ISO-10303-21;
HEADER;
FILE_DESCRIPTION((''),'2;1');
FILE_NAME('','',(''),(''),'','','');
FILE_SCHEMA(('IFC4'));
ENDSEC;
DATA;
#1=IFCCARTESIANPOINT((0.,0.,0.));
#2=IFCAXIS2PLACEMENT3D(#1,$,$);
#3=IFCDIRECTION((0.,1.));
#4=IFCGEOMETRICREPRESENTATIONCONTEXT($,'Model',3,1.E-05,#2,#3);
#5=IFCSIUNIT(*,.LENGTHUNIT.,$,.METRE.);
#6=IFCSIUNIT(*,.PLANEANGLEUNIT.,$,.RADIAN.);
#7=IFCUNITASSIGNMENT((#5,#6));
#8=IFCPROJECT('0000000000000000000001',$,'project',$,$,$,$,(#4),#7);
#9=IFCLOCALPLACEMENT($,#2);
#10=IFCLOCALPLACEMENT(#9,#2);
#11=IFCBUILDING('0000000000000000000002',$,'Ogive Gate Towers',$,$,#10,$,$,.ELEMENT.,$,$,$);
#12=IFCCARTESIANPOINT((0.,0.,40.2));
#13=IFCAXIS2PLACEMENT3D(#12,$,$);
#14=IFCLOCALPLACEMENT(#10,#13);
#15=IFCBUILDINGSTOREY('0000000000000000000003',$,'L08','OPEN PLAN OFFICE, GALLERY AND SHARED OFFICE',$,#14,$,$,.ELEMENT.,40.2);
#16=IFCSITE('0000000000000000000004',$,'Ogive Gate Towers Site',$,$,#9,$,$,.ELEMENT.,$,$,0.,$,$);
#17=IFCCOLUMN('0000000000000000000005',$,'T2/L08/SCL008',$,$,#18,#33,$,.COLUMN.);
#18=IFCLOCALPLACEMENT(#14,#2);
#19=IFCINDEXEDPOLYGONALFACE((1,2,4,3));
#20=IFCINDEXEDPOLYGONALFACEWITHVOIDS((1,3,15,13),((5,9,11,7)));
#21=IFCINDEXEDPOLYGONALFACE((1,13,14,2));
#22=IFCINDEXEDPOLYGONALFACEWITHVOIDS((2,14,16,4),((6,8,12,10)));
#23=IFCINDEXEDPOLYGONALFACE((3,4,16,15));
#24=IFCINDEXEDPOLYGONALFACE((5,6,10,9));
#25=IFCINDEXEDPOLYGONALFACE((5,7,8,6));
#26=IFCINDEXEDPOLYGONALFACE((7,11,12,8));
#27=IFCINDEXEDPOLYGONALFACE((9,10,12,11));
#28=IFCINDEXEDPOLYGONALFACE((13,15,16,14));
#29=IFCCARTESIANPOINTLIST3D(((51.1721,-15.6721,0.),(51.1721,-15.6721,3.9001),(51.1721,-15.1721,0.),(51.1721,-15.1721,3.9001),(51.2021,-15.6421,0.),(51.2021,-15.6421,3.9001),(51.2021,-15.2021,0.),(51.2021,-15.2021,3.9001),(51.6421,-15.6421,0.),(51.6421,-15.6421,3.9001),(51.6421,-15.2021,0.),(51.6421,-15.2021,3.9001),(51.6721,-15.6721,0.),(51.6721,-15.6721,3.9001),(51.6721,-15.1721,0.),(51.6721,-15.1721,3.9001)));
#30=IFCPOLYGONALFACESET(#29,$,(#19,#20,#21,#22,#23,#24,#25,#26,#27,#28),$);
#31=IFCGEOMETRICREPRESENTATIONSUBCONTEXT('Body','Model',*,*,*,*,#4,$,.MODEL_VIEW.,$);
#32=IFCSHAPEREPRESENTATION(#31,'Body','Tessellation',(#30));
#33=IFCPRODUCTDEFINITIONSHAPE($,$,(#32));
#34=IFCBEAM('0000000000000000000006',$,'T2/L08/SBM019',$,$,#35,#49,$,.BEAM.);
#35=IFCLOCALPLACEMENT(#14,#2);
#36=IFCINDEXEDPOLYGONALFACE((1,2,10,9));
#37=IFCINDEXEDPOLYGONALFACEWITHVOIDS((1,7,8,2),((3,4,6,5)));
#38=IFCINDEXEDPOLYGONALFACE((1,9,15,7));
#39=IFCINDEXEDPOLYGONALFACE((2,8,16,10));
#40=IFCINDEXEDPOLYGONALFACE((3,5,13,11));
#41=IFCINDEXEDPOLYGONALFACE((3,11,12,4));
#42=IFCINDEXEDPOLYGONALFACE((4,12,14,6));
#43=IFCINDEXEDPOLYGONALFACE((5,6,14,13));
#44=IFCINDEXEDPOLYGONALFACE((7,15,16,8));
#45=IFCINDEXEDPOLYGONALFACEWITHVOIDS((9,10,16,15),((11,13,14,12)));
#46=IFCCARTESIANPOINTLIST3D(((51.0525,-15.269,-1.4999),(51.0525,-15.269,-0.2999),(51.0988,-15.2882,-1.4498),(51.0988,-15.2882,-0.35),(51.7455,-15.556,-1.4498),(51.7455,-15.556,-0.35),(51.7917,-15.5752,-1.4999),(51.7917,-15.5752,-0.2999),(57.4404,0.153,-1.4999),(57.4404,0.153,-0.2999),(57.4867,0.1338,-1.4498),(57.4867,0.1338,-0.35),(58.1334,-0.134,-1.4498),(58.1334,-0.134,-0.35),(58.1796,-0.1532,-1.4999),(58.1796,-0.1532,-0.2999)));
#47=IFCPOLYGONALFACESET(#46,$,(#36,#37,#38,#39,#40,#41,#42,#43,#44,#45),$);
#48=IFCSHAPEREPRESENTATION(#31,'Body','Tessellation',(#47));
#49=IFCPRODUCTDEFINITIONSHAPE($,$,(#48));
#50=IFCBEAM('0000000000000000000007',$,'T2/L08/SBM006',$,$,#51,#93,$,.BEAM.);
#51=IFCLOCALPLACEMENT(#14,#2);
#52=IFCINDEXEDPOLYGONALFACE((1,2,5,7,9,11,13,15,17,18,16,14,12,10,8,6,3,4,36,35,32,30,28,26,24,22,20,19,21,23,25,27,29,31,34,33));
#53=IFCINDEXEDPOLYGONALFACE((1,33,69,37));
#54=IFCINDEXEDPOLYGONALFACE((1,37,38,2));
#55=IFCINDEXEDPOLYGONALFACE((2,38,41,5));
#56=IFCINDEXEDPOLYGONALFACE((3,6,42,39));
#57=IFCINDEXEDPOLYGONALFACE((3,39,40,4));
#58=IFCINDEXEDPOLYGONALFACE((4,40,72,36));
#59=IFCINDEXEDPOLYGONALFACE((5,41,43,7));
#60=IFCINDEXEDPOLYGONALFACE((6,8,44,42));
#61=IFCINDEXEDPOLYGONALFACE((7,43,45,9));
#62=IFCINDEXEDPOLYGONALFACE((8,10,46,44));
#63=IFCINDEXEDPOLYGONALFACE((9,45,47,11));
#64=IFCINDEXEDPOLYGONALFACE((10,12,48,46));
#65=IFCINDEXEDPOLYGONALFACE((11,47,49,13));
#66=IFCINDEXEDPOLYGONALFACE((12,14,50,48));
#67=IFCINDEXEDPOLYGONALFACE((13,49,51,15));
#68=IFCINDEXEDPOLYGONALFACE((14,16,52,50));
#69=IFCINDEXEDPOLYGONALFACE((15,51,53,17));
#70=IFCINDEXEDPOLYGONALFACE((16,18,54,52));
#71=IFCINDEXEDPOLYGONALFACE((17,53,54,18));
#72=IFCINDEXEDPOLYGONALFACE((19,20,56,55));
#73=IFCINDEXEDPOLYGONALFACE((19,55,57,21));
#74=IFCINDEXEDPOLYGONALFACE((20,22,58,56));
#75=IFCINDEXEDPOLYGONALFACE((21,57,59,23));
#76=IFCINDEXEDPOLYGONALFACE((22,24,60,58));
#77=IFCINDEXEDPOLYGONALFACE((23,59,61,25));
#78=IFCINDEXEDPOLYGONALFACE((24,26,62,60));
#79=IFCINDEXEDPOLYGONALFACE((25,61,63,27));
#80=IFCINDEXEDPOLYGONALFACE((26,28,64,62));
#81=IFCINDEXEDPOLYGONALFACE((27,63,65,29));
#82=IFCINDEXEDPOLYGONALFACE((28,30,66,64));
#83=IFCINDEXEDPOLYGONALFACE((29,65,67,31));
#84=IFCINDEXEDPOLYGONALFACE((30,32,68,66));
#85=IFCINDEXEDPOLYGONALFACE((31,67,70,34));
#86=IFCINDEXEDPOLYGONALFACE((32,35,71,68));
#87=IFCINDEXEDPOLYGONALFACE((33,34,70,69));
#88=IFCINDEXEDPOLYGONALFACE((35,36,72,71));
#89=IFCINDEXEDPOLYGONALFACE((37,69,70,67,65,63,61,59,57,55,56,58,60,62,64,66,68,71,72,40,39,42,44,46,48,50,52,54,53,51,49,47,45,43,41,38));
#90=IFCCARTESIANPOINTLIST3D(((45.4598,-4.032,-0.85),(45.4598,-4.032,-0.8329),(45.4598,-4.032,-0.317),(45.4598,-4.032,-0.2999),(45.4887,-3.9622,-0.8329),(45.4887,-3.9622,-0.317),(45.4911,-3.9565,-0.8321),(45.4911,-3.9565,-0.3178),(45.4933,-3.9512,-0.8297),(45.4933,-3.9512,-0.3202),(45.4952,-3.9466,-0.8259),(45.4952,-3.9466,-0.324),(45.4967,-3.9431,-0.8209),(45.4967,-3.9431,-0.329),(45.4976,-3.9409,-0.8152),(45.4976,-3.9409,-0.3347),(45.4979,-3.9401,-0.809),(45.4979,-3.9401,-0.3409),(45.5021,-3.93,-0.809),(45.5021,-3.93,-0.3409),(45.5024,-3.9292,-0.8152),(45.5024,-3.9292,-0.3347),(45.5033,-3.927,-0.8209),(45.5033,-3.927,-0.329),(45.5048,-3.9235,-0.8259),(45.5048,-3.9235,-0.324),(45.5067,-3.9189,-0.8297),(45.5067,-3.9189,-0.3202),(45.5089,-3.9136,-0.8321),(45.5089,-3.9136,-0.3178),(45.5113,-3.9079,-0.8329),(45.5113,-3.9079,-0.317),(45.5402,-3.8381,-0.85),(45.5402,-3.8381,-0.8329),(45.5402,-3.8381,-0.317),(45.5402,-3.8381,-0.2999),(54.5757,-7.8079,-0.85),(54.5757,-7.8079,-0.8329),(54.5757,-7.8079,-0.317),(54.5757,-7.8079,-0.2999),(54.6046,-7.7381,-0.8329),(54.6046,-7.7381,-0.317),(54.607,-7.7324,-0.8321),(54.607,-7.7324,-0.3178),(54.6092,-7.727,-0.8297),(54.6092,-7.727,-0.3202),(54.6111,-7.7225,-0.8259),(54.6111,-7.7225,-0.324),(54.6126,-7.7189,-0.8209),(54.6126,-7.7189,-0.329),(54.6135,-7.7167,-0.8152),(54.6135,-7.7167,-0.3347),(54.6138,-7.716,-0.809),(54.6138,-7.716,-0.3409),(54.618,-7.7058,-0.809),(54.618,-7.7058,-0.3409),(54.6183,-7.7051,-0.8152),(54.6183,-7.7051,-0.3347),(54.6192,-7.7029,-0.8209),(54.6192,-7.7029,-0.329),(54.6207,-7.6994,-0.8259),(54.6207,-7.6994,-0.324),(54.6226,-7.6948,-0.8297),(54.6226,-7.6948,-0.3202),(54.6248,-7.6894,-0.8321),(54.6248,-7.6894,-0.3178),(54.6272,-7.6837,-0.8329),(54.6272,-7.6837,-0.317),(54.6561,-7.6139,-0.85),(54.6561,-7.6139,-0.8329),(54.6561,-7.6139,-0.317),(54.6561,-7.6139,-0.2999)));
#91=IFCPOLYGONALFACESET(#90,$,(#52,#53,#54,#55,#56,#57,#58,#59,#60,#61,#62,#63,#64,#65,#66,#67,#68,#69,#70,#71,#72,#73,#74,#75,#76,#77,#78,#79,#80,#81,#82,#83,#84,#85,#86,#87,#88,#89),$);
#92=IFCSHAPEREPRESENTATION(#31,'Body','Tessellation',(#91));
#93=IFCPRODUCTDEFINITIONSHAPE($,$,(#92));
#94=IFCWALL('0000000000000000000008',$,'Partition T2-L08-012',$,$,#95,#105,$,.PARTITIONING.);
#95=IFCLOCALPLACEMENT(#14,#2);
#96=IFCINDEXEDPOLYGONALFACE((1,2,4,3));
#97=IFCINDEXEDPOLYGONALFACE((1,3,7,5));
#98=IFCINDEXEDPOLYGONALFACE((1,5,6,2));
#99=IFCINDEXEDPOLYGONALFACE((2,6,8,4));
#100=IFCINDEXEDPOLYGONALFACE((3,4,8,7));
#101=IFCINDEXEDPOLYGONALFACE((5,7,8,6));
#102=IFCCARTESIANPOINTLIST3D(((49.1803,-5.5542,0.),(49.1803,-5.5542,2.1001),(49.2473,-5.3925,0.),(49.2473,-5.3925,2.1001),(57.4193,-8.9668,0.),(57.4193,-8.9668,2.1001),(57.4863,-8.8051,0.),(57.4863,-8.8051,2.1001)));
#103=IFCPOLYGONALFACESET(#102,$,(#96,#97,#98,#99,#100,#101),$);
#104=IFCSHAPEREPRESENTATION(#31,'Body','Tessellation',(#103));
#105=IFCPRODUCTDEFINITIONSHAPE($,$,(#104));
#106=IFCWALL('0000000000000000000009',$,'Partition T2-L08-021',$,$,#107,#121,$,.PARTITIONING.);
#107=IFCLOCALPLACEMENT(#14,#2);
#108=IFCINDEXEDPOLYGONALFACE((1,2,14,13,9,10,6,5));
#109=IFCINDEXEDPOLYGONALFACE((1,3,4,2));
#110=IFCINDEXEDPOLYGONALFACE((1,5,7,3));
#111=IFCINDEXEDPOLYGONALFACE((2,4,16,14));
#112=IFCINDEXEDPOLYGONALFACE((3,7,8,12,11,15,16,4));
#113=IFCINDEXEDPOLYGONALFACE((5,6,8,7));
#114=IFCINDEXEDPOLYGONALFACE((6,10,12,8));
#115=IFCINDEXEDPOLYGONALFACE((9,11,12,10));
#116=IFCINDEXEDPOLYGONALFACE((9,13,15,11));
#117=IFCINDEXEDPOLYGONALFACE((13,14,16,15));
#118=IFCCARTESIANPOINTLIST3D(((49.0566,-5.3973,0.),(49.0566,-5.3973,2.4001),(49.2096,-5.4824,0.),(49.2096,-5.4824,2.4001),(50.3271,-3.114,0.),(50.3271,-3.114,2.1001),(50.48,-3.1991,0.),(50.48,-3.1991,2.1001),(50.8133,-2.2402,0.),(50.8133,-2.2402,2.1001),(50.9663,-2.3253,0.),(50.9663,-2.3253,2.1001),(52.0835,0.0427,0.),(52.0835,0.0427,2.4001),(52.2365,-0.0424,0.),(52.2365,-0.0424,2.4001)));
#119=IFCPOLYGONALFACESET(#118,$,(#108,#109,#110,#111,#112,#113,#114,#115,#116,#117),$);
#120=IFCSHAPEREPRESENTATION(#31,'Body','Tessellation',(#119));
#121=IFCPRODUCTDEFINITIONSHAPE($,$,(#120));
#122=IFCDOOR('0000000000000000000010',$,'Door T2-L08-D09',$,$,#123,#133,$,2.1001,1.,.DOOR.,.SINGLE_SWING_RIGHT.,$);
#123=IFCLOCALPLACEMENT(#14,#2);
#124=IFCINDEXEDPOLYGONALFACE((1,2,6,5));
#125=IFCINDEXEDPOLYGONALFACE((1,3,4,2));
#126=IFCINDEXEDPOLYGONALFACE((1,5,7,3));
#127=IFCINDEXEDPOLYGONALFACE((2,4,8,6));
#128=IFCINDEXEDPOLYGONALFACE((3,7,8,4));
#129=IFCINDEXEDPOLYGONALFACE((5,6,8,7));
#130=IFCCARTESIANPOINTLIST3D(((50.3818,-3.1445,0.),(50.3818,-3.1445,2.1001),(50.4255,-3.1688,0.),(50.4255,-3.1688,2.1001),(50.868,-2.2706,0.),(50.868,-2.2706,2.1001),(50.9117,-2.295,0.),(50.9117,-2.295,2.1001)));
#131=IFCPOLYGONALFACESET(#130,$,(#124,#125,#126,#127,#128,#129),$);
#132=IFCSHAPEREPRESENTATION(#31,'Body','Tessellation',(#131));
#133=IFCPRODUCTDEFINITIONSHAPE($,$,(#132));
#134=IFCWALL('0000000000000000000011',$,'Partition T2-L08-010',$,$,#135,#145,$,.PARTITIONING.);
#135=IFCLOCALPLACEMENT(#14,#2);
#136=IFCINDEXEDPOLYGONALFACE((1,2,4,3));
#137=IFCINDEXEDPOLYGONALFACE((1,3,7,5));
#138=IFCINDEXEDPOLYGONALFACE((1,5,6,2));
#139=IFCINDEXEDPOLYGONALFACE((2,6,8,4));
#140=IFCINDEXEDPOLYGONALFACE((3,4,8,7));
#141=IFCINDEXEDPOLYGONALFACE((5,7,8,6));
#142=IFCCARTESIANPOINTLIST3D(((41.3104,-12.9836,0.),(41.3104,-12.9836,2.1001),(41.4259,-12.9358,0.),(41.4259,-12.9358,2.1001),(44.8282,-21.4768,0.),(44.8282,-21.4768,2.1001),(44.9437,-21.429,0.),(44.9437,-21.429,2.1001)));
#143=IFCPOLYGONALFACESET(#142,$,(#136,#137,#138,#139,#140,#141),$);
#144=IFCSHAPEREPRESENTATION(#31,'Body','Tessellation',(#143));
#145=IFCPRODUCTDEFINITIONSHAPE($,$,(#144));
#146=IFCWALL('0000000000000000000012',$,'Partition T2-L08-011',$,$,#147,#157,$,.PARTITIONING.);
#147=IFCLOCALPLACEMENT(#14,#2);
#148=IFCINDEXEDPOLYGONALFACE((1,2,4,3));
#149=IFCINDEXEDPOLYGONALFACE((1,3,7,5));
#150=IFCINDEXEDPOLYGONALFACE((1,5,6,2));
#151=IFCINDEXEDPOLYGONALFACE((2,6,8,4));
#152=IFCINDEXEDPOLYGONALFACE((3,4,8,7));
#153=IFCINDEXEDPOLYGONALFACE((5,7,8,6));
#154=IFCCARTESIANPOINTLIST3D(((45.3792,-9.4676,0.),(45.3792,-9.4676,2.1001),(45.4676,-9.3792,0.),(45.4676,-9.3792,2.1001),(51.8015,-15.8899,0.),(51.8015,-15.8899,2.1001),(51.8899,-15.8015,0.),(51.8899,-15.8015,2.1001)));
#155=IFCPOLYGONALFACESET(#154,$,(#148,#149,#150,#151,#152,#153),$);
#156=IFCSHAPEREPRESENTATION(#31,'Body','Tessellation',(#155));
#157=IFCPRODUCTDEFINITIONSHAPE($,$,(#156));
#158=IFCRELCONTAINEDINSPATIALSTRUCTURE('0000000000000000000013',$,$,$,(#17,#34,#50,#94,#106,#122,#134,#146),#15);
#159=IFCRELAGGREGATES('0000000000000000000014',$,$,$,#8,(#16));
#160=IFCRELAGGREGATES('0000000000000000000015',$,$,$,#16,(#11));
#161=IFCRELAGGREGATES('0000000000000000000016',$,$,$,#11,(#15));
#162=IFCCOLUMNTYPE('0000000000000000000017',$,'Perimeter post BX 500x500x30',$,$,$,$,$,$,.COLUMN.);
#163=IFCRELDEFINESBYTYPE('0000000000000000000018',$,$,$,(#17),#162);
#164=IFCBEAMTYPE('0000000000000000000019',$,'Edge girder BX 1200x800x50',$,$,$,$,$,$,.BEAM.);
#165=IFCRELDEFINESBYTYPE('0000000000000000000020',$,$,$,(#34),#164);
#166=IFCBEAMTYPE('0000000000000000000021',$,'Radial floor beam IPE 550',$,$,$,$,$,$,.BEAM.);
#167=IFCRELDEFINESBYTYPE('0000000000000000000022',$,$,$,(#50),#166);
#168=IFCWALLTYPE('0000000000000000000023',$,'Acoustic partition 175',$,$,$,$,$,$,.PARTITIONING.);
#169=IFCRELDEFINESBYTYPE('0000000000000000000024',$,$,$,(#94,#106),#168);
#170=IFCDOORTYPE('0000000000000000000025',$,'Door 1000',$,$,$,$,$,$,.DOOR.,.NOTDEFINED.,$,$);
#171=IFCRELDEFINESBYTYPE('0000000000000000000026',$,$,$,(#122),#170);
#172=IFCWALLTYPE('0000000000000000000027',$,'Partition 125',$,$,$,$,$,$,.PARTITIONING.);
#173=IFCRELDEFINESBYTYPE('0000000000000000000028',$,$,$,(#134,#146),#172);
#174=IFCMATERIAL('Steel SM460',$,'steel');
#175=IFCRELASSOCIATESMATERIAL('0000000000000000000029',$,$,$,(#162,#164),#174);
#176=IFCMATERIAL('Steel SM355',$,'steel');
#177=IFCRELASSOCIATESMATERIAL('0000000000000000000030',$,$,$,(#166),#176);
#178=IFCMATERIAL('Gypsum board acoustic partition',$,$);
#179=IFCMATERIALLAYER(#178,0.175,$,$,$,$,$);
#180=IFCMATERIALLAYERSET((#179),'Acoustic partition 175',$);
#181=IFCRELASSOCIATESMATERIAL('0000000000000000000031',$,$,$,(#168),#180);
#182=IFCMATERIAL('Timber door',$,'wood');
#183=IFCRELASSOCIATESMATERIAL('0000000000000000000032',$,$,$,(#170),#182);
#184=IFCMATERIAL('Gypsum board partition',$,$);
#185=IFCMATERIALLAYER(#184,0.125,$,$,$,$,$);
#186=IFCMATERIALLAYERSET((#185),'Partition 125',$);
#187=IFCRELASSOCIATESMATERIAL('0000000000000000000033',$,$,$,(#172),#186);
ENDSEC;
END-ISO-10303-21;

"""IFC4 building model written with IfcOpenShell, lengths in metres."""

from ifc_helpers import new_model, si_unit, direction, frame, frame_2d, origin, origin_2d, place, context, subcontext, project, spatial, rectangle, hollow_rectangle, i_section, extrude, material, layer, layer_set, material_profile, profile_set, type_object, element, fill, save


model = new_model("IFC4")

# Units and contexts
model_context = context("Model", 3, precision=1e-05, world=origin(), true_north=direction((0.0, 1.0)))
body_context = subcontext(model_context, "Body", "Model", "MODEL_VIEW")
ifc_project = project(units=[si_unit("LENGTHUNIT", "METRE"), si_unit("PLANEANGLEUNIT", "RADIAN")], contexts=[model_context])

# Site, building, storey
site_placement = place(None, origin())
site = spatial("IfcSite", under=ifc_project, at=site_placement, Name="Ogive Gate Towers Site", CompositionType="ELEMENT", RefElevation=0.0)
building_placement = place(site_placement, origin())
building = spatial("IfcBuilding", under=site, at=building_placement, Name="Ogive Gate Towers", CompositionType="ELEMENT")
storey_placement = place(building_placement, frame((0.0, 0.0, 40.2)))
storey = spatial("IfcBuildingStorey", under=building, at=storey_placement, Name="L08", Description="OPEN PLAN OFFICE, GALLERY AND SHARED OFFICE", CompositionType="ELEMENT", Elevation=40.2)

# Column
ifc_material_1 = material(Name="Steel SM460", Category="steel")
ifc_material_profile_1 = material_profile(ifc_material_1, hollow_rectangle(XDim=0.5, YDim=0.5, WallThickness=0.03, at=origin_2d()), Name="BX 500x500x30")
ifc_profile_set_1 = profile_set([ifc_material_profile_1], Name="Steel SM460")
column_type = type_object("IfcColumnType", Name="Perimeter post BX 500x500x30", PredefinedType="COLUMN", material=ifc_profile_set_1)
column_placement = place(storey_placement, frame((51.4221, -15.4221, 0.0), z_axis=(0.0, 0.0, 1.0), x_axis=(1.0, 0.0, 0.0)))
element("IfcColumn", 1, at=column_placement, inside=storey, type_object=column_type, Name="T2/L08/SCL008", PredefinedType="COLUMN", context=body_context, shape_type="SweptSolid", body=[
    extrude(hollow_rectangle(XDim=0.5, YDim=0.5, WallThickness=0.03, at=origin_2d()), origin(), (0.0, 0.0, 1.0), 3.9001),
])

# Beams
ifc_material_profile_2 = material_profile(ifc_material_1, hollow_rectangle(XDim=0.8, YDim=1.2, WallThickness=0.05, at=origin_2d()), Name="BX 1200x800x50")
ifc_profile_set_2 = profile_set([ifc_material_profile_2], Name="Steel SM460")
beam_type_1 = type_object("IfcBeamType", Name="Edge girder BX 1200x800x50", PredefinedType="BEAM", material=ifc_profile_set_2)
beam_1_placement = place(storey_placement, frame((51.4221, -15.4221, -0.8999), z_axis=(0.382678, 0.923882, 0.0), x_axis=(-0.923882, 0.382678, 0.0)))
element("IfcBeam", 2, at=beam_1_placement, inside=storey, type_object=beam_type_1, Name="T2/L08/SBM019", PredefinedType="BEAM", context=body_context, shape_type="SweptSolid", body=[
    extrude(hollow_rectangle(XDim=0.8, YDim=1.2, WallThickness=0.05, at=origin_2d()), origin(), (0.0, 0.0, 1.0), 16.6926),
])
ifc_material_2 = material(Name="Steel SM355", Category="steel")
ifc_material_profile_3 = material_profile(ifc_material_2, i_section(OverallWidth=0.21, OverallDepth=0.55, WebThickness=0.011, FlangeThickness=0.0171, FilletRadius=0.0239, at=origin_2d()), Name="IPE 550")
ifc_profile_set_3 = profile_set([ifc_material_profile_3], Name="Steel SM355")
beam_type_2 = type_object("IfcBeamType", Name="Radial floor beam IPE 550", PredefinedType="BEAM", material=ifc_profile_set_3)
beam_2_placement = place(storey_placement, frame((45.5, -3.9351, -0.575), z_axis=(0.923882, -0.382677, 0.0), x_axis=(0.382677, 0.923882, 0.0)))
element("IfcBeam", 3, at=beam_2_placement, inside=storey, type_object=beam_type_2, Name="T2/L08/SBM006", PredefinedType="BEAM", context=body_context, shape_type="SweptSolid", body=[
    extrude(i_section(OverallWidth=0.21, OverallDepth=0.55, WebThickness=0.011, FlangeThickness=0.0171, FilletRadius=0.0239, at=origin_2d()), origin(), (0.0, 0.0, 1.0), 9.8669),
])

# Wall
ifc_material_3 = material(Name="Gypsum board acoustic partition")
ifc_layer_1 = layer(ifc_material_3, 0.175)
ifc_layer_set_1 = layer_set([ifc_layer_1], Name="Acoustic partition 175")
wall_type_1 = type_object("IfcWallType", Name="Acoustic partition 175", PredefinedType="PARTITIONING", material=ifc_layer_set_1)
wall_1_placement = place(storey_placement, frame((57.4529, -8.886, 0.0), z_axis=(0.0, 0.0, 1.0), x_axis=(-0.923884, 0.382673, 0.0)))
element("IfcWall", 4, at=wall_1_placement, inside=storey, type_object=wall_type_1, Name="Partition T2-L08-012", PredefinedType="PARTITIONING", context=body_context, shape_type="SweptSolid", body=[
    extrude(rectangle(XDim=8.9177, YDim=0.175, at=frame_2d((4.459, 0.0))), origin(), (0.0, 0.0, 1.0), 2.1001),
])

# Wall, opening, door
wall_2_placement = place(storey_placement, frame((49.1331, -5.4399, 0.0), z_axis=(0.0, 0.0, 1.0), x_axis=(0.486216, 0.873839, 0.0)))
wall_2 = element("IfcWall", 5, at=wall_2_placement, inside=storey, type_object=wall_type_1, Name="Partition T2-L08-021", PredefinedType="PARTITIONING", context=body_context, shape_type="SweptSolid", body=[
    extrude(rectangle(XDim=6.2253, YDim=0.175, at=frame_2d((3.1128, 0.0))), origin(), (0.0, 0.0, 1.0), 2.4001),
])
opening_1_placement = place(wall_2_placement, frame((2.613, 0.0, 0.0)))
opening_1 = element("IfcOpeningElement", 6, at=opening_1_placement, cuts=wall_2, PredefinedType="OPENING", context=body_context, shape_type="SweptSolid", body=[
    extrude(rectangle(XDim=1.0, YDim=2.1001, at=frame_2d((0.5, 1.05))), frame((0.0, 0.0977, 0.0), z_axis=(0.0, -1.0, 0.0), x_axis=(1.0, 0.0, 0.0)), (0.0, 0.0, 1.0), 0.1951),
])
ifc_material_4 = material(Name="Timber door", Category="wood")
door_type_1 = type_object("IfcDoorType", Name="Door 1000", OperationType="NOTDEFINED", PredefinedType="DOOR", material=ifc_material_4)
door_1_placement = place(opening_1_placement, origin())
door_1 = element("IfcDoor", 7, at=door_1_placement, inside=storey, type_object=door_type_1, Name="Door T2-L08-D09", OperationType="SINGLE_SWING_RIGHT", OverallHeight=2.1001, OverallWidth=1.0, PredefinedType="DOOR", context=body_context, shape_type="SweptSolid", body=[
    extrude(rectangle(XDim=1.0, YDim=2.1001, at=frame_2d((0.5, 1.05))), frame((0.0, 0.0249, 0.0), z_axis=(0.0, -1.0, 0.0), x_axis=(1.0, 0.0, 0.0)), (0.0, 0.0, 1.0), 0.05),
])
fill(opening_1, door_1)

# Walls
ifc_material_5 = material(Name="Gypsum board partition")
ifc_layer_2 = layer(ifc_material_5, 0.125)
ifc_layer_set_2 = layer_set([ifc_layer_2], Name="Partition 125")
wall_type_2 = type_object("IfcWallType", Name="Partition 125", PredefinedType="PARTITIONING", material=ifc_layer_set_2)
wall_3_placement = place(storey_placement, frame((44.886, -21.4529, 0.0), z_axis=(0.0, 0.0, 1.0), x_axis=(-0.382668, 0.923886, 0.0)))
element("IfcWall", 8, at=wall_3_placement, inside=storey, type_object=wall_type_2, Name="Partition T2-L08-010", PredefinedType="PARTITIONING", context=body_context, shape_type="SweptSolid", body=[
    extrude(rectangle(XDim=9.1929, YDim=0.125, at=frame_2d((4.5964, 0.0))), origin(), (0.0, 0.0, 1.0), 2.1001),
])
wall_4_placement = place(storey_placement, frame((51.8457, -15.8457, 0.0), z_axis=(0.0, 0.0, 1.0), x_axis=(-0.707107, 0.707107, 0.0)))
element("IfcWall", 9, at=wall_4_placement, inside=storey, type_object=wall_type_2, Name="Partition T2-L08-011", PredefinedType="PARTITIONING", context=body_context, shape_type="SweptSolid", body=[
    extrude(rectangle(XDim=9.0825, YDim=0.125, at=frame_2d((4.5413, 0.0))), origin(), (0.0, 0.0, 1.0), 2.1001),
])

save(model, "model.ifc")
